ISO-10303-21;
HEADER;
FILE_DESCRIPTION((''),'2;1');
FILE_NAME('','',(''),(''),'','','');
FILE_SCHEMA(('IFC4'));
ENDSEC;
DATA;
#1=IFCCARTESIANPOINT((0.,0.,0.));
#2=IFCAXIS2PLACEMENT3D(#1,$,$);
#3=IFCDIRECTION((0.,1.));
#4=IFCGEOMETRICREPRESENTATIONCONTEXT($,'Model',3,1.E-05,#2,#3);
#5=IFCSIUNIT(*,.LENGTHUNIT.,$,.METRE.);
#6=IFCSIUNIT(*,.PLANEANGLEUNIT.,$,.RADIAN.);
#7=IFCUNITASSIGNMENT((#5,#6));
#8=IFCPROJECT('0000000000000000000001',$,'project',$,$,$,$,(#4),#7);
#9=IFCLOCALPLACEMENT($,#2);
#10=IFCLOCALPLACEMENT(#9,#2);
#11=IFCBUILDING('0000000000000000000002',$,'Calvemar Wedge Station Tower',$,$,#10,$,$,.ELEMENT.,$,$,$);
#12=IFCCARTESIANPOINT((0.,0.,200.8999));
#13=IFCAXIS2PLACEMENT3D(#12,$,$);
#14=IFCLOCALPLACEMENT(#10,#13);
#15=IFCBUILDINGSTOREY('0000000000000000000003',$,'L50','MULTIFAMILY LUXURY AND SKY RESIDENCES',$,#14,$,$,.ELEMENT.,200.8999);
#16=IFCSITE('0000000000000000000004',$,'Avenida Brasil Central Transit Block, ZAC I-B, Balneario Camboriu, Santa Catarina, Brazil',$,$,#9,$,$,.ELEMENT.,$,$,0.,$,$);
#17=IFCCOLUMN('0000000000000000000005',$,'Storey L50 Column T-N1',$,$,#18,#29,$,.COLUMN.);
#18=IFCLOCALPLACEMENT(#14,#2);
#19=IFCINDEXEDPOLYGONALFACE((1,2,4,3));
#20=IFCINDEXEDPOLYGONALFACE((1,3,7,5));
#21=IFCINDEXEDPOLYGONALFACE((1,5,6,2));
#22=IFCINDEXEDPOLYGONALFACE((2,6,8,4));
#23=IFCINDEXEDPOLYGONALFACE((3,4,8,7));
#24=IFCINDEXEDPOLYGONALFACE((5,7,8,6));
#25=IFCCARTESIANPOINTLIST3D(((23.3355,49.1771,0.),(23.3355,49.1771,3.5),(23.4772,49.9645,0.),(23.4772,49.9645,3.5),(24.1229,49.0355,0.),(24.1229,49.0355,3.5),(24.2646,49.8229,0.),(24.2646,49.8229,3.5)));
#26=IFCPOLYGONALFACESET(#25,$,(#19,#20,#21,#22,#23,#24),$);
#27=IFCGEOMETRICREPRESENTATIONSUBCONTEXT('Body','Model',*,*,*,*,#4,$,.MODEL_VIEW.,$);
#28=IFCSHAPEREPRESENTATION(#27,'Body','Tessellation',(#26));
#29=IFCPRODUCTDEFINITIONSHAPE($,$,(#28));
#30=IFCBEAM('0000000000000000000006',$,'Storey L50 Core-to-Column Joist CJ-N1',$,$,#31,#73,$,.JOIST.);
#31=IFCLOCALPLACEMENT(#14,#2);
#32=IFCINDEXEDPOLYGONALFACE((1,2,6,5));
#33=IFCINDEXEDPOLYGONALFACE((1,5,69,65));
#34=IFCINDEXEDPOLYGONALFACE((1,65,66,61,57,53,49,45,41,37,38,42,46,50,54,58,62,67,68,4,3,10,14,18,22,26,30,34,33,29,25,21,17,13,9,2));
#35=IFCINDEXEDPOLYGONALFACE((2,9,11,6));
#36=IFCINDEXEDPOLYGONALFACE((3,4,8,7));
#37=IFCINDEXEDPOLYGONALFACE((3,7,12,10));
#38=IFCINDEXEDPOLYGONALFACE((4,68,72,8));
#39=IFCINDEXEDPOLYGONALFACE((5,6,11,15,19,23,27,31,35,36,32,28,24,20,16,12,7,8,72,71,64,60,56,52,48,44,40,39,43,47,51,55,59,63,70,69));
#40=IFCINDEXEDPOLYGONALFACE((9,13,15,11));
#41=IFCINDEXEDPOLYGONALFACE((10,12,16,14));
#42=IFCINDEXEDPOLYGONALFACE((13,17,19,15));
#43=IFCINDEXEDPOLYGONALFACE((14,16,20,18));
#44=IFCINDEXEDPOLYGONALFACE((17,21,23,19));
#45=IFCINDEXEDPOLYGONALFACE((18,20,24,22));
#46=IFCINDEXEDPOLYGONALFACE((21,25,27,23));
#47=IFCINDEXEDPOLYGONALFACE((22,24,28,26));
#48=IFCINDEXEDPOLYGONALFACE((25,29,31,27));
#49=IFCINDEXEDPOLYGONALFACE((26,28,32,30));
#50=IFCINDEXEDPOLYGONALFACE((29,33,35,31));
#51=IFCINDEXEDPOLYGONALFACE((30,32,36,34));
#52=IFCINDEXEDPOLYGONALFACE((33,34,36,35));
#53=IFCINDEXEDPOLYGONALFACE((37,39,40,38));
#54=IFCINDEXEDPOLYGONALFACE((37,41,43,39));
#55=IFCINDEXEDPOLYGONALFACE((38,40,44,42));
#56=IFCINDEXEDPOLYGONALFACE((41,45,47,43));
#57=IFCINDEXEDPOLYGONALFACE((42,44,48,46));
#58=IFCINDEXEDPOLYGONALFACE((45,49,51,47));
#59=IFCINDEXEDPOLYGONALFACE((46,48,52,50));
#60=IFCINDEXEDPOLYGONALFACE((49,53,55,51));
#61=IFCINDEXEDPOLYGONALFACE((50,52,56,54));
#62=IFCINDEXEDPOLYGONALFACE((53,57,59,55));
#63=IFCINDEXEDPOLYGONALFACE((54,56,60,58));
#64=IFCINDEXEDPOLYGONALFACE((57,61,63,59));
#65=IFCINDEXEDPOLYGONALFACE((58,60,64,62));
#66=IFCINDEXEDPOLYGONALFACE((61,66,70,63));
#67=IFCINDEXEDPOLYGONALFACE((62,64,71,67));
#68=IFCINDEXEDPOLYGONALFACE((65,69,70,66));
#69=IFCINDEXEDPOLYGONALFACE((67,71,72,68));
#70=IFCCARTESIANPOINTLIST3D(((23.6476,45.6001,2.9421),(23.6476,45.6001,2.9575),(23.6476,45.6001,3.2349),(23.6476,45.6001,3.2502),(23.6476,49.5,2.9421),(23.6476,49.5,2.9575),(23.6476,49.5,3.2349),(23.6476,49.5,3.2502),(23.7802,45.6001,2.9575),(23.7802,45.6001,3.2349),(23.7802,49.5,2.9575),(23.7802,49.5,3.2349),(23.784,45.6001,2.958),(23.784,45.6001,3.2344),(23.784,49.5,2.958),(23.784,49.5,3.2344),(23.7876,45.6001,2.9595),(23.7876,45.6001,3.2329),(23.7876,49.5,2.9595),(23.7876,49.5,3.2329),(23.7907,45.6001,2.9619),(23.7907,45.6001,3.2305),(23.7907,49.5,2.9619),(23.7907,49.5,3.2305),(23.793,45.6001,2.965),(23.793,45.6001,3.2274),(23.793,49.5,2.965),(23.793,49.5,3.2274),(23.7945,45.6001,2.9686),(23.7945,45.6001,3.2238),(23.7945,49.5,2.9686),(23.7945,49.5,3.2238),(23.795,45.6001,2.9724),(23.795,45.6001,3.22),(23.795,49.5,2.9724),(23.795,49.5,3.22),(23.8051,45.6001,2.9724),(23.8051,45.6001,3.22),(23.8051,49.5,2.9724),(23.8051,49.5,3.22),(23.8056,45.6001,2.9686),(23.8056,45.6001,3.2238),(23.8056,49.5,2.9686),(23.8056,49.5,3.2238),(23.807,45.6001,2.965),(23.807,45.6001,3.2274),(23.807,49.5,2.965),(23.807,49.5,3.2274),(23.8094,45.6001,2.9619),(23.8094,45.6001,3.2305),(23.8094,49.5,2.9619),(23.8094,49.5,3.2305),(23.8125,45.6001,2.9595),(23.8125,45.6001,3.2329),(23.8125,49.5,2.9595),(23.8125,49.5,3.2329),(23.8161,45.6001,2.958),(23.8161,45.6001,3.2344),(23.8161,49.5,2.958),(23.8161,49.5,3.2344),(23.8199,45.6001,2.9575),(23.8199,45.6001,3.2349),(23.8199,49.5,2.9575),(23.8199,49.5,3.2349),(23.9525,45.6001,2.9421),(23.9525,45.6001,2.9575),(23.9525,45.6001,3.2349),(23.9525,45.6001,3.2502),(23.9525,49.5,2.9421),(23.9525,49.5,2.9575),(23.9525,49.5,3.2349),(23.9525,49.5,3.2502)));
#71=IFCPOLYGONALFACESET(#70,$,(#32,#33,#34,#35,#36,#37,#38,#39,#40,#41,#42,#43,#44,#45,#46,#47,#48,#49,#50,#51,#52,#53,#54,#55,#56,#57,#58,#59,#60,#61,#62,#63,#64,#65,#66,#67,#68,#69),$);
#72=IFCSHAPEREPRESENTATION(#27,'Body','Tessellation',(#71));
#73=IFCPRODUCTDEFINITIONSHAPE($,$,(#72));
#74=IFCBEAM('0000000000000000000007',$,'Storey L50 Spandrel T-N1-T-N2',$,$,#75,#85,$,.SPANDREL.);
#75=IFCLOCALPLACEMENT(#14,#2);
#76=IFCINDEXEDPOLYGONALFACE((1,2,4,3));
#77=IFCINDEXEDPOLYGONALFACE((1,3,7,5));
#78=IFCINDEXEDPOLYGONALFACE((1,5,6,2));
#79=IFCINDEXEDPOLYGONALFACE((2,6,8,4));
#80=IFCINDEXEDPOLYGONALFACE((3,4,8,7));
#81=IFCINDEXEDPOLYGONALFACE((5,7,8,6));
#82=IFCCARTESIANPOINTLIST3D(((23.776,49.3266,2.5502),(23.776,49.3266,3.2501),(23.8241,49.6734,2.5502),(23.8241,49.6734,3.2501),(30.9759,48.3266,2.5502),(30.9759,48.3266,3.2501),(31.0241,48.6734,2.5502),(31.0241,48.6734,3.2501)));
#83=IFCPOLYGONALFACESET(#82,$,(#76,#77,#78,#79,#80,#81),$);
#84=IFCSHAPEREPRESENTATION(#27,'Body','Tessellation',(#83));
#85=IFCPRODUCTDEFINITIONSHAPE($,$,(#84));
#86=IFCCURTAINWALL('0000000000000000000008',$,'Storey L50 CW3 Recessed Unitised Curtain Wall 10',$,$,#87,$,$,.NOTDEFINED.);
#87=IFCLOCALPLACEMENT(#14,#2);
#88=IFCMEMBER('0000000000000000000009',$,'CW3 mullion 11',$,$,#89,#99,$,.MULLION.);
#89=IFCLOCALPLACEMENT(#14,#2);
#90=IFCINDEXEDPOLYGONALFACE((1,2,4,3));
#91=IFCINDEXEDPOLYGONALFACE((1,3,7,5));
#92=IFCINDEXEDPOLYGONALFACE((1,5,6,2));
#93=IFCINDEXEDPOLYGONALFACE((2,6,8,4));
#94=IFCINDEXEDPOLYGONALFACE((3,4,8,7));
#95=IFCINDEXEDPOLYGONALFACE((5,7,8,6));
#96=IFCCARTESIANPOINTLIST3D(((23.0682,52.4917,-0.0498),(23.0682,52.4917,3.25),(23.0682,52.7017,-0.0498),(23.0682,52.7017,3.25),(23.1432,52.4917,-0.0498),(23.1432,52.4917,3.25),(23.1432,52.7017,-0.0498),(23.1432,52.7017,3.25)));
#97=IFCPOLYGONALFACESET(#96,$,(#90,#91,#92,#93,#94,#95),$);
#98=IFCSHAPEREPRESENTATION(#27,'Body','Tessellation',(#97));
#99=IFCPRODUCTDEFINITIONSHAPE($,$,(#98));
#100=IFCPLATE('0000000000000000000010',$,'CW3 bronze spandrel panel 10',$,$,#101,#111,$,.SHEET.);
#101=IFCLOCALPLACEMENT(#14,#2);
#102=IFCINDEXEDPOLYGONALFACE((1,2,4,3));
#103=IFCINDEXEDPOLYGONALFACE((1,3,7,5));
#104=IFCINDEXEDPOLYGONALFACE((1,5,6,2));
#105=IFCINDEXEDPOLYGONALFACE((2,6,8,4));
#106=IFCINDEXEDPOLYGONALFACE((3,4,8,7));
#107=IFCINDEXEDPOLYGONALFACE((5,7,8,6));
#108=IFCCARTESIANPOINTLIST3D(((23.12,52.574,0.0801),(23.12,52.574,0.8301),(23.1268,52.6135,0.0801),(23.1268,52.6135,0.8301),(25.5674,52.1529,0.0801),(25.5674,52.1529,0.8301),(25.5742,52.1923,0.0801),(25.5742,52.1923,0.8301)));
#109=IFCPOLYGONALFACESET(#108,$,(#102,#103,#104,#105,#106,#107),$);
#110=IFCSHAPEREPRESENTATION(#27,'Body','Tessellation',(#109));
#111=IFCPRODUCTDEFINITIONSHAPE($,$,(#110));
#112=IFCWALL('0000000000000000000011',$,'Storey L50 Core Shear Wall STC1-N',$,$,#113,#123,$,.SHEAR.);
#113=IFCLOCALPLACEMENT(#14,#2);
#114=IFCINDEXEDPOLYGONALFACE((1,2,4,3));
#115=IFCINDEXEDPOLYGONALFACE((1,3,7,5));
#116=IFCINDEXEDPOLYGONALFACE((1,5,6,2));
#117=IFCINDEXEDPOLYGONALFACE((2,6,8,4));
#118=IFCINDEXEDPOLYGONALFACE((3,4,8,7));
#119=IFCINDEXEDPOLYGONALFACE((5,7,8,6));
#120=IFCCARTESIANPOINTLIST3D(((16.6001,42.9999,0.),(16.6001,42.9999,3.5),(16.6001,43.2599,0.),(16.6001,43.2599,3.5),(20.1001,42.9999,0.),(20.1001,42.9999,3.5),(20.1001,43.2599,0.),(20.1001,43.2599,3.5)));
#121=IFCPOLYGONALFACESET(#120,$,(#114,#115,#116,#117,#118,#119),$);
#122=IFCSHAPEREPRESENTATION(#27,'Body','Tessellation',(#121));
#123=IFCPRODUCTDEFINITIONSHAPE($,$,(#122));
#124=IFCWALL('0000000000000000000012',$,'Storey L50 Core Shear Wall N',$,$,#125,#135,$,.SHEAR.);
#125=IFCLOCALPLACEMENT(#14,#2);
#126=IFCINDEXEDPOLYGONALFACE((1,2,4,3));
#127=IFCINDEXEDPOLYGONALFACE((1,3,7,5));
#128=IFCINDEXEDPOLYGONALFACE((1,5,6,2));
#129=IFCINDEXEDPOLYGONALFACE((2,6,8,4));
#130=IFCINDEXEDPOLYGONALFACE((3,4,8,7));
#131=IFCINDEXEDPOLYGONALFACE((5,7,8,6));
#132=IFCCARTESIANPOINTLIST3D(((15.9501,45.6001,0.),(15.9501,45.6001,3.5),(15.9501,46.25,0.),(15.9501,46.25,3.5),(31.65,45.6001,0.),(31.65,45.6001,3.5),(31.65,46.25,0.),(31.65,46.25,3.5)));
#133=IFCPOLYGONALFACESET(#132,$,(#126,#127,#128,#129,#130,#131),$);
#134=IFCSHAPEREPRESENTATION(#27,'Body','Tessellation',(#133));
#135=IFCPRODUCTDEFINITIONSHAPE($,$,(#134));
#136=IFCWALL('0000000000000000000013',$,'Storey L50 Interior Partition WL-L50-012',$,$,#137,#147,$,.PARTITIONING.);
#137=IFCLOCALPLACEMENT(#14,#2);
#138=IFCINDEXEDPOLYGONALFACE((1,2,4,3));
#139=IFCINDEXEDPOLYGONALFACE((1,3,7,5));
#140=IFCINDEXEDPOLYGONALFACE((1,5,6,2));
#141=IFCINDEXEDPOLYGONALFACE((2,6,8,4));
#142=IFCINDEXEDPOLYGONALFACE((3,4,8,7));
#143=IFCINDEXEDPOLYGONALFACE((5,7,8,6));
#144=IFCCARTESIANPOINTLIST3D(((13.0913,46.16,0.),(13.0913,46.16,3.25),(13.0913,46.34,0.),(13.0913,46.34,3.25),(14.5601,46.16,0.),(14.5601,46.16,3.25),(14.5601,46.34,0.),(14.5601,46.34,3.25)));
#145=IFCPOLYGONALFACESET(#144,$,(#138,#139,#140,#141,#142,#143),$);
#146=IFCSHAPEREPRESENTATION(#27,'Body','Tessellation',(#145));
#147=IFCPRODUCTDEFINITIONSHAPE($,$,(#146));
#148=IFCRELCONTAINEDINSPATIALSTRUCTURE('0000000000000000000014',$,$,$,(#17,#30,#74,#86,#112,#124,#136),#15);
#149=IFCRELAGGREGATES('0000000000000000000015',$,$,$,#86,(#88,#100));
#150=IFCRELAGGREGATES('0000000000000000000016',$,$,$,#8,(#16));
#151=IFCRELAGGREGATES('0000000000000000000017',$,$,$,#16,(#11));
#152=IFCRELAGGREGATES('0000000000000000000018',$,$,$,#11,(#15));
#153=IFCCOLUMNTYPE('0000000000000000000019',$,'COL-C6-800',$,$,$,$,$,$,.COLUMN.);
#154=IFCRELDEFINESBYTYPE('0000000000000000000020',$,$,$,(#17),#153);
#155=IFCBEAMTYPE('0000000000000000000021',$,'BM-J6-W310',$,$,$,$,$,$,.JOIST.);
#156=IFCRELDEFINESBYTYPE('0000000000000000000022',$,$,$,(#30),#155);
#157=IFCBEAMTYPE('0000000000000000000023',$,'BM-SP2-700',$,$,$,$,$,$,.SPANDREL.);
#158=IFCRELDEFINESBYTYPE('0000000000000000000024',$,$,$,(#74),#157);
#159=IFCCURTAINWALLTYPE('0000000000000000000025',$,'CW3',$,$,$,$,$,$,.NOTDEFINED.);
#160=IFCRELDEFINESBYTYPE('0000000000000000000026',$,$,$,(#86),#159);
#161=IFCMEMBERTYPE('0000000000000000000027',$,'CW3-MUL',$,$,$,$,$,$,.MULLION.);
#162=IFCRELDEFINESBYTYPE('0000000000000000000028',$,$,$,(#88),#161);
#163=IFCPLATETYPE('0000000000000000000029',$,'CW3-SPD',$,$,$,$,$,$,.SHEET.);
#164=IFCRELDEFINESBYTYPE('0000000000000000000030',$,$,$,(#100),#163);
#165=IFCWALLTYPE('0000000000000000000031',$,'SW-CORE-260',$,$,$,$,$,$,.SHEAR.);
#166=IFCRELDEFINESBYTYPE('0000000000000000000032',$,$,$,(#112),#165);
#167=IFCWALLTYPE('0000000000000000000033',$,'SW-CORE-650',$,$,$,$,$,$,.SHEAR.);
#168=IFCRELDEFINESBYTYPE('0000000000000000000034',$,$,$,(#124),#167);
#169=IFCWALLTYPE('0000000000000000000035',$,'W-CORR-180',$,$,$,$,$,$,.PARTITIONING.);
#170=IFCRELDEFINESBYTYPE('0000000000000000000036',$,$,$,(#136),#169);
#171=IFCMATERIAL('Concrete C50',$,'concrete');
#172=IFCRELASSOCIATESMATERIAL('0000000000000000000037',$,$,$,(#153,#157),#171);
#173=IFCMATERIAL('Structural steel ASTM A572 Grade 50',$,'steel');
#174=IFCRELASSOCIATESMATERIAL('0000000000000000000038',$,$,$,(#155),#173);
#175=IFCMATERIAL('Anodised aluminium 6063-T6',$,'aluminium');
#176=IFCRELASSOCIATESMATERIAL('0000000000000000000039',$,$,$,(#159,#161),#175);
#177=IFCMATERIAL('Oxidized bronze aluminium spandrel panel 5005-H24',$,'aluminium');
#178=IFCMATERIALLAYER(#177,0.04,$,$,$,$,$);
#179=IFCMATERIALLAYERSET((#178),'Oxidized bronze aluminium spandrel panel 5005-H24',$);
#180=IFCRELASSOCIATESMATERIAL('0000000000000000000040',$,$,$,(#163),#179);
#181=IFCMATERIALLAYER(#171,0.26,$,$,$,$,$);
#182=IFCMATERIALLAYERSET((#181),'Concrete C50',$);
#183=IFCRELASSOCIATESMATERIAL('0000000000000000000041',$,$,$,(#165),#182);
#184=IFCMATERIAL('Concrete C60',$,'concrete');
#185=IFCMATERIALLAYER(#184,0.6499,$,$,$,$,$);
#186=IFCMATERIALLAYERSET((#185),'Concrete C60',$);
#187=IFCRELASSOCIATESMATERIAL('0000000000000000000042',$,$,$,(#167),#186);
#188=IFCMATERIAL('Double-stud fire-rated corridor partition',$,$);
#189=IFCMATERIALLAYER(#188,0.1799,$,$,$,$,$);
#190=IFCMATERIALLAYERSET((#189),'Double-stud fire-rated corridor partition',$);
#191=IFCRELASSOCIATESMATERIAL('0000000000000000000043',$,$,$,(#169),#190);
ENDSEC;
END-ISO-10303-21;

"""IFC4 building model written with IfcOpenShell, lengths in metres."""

from ifc_helpers import new_model, si_unit, direction, frame, frame_2d, origin, origin_2d, place, context, subcontext, project, spatial, rectangle, i_section, extrude, source, transform, mapped, material, layer, layer_set, material_profile, profile_set, type_object, element, aggregate, save


model = new_model("IFC4")

# Units and contexts
model_context = context("Model", 3, precision=1e-05, world=origin(), true_north=direction((0.0, 1.0)))
body_context = subcontext(model_context, "Body", "Model", "MODEL_VIEW")
ifc_project = project(units=[si_unit("LENGTHUNIT", "METRE"), si_unit("PLANEANGLEUNIT", "RADIAN")], contexts=[model_context])

# Site, building, storey
site_placement = place(None, origin())
site = spatial("IfcSite", under=ifc_project, at=site_placement, Name="Avenida Brasil Central Transit Block, ZAC I-B, Balneario Camboriu, Santa Catarina, Brazil", CompositionType="ELEMENT", RefElevation=0.0)
building_placement = place(site_placement, origin())
building = spatial("IfcBuilding", under=site, at=building_placement, Name="Calvemar Wedge Station Tower", CompositionType="ELEMENT")
storey_placement = place(building_placement, frame((0.0, 0.0, 200.8999)))
storey = spatial("IfcBuildingStorey", under=building, at=storey_placement, Name="L50", Description="MULTIFAMILY LUXURY AND SKY RESIDENCES", CompositionType="ELEMENT", Elevation=200.8999)

# Column
ifc_material_1 = material(Name="Concrete C50", Category="concrete")
ifc_material_profile_1 = material_profile(ifc_material_1, rectangle(XDim=0.8, YDim=0.8, at=origin_2d()), Name="RC800x800")
ifc_profile_set_1 = profile_set([ifc_material_profile_1], Name="Concrete C50")
column_type = type_object("IfcColumnType", Name="COL-C6-800", PredefinedType="COLUMN", material=ifc_profile_set_1)
shared_shape_1 = source(origin(), body_context, "Body", "SweptSolid", [
    extrude(rectangle(XDim=0.8, YDim=0.8, at=origin_2d()), origin(), (0.0, 0.0, 1.0), 3.5),
])
column_placement = place(storey_placement, frame((23.8, 49.5, 0.0), z_axis=(0.0, 0.0, 1.0), x_axis=(0.984196, -0.177085, 0.0)))
element("IfcColumn", 1, at=column_placement, inside=storey, type_object=column_type, Name="Storey L50 Column T-N1", PredefinedType="COLUMN", context=body_context, shape_type="MappedRepresentation", body=[
    mapped(shared_shape_1, transform((0.0, 0.0, 0.0), scale=1.0)),
])

# Beams
ifc_material_2 = material(Name="Structural steel ASTM A572 Grade 50", Category="steel")
ifc_material_profile_2 = material_profile(ifc_material_2, i_section(OverallWidth=0.3049, OverallDepth=0.3081, WebThickness=0.01, FlangeThickness=0.0154, FilletRadius=0.0149, at=origin_2d()), Name="W310x97")
ifc_profile_set_2 = profile_set([ifc_material_profile_2], Name="Structural steel ASTM A572 Grade 50")
beam_type_1 = type_object("IfcBeamType", Name="BM-J6-W310", PredefinedType="JOIST", material=ifc_profile_set_2)
shared_shape_2 = source(origin(), body_context, "Body", "SweptSolid", [
    extrude(i_section(OverallWidth=0.3049, OverallDepth=0.3081, WebThickness=0.01, FlangeThickness=0.0154, FilletRadius=0.0149, at=origin_2d()), origin(), (0.0, 0.0, 1.0), 3.8999),
])
beam_1_placement = place(storey_placement, frame((23.8, 45.6001, 3.0962), z_axis=(0.0, 1.0, 0.0), x_axis=(-1.0, 0.0, 0.0)))
element("IfcBeam", 2, at=beam_1_placement, inside=storey, type_object=beam_type_1, Name="Storey L50 Core-to-Column Joist CJ-N1", PredefinedType="JOIST", context=body_context, shape_type="MappedRepresentation", body=[
    mapped(shared_shape_2, transform((0.0, 0.0, 0.0), scale=1.0)),
])
ifc_material_profile_3 = material_profile(ifc_material_1, rectangle(XDim=0.3501, YDim=0.7, at=origin_2d()), Name="RC350x700")
ifc_profile_set_3 = profile_set([ifc_material_profile_3], Name="Concrete C50")
beam_type_2 = type_object("IfcBeamType", Name="BM-SP2-700", PredefinedType="SPANDREL", material=ifc_profile_set_3)
shared_shape_3 = source(origin(), body_context, "Body", "SweptSolid", [
    extrude(rectangle(XDim=0.3501, YDim=0.7, at=origin_2d()), origin(), (0.0, 0.0, 1.0), 7.269),
])
beam_2_placement = place(storey_placement, frame((23.8, 49.5, 2.9001), z_axis=(0.990492, -0.137569, 0.0), x_axis=(0.137569, 0.990492, 0.0)))
element("IfcBeam", 3, at=beam_2_placement, inside=storey, type_object=beam_type_2, Name="Storey L50 Spandrel T-N1-T-N2", PredefinedType="SPANDREL", context=body_context, shape_type="MappedRepresentation", body=[
    mapped(shared_shape_3, transform((0.0, 0.0, 0.0), scale=1.0)),
])

# Curtain wall, member, plate
ifc_material_3 = material(Name="Anodised aluminium 6063-T6", Category="aluminium")
curtain_wall_type = type_object("IfcCurtainWallType", Name="CW3", PredefinedType="NOTDEFINED", material=ifc_material_3)
curtain_wall_placement = place(storey_placement, origin())
curtain_wall = element("IfcCurtainWall", 4, at=curtain_wall_placement, inside=storey, type_object=curtain_wall_type, Name="Storey L50 CW3 Recessed Unitised Curtain Wall 10", PredefinedType="NOTDEFINED")
ifc_material_profile_4 = material_profile(ifc_material_3, rectangle(XDim=0.075, YDim=0.21, at=origin_2d()), Name="AL-MUL-75x210")
ifc_profile_set_4 = profile_set([ifc_material_profile_4], Name="Anodised aluminium 6063-T6")
member_type = type_object("IfcMemberType", Name="CW3-MUL", PredefinedType="MULLION", material=ifc_profile_set_4)
shared_shape_4 = source(origin(), body_context, "Body", "SweptSolid", [
    extrude(rectangle(XDim=0.075, YDim=0.21, at=origin_2d()), origin(), (0.0, 0.0, 1.0), 3.2998),
])
member_placement = place(storey_placement, frame((23.1057, 52.5967, -0.0498), z_axis=(0.0, 0.0, 1.0), x_axis=(1.0, 0.0, 0.0)))
member = element("IfcMember", 5, at=member_placement, type_object=member_type, Name="CW3 mullion 11", PredefinedType="MULLION", context=body_context, shape_type="MappedRepresentation", body=[
    mapped(shared_shape_4, transform((0.0, 0.0, 0.0), scale=1.0)),
])
ifc_material_4 = material(Name="Oxidized bronze aluminium spandrel panel 5005-H24", Category="aluminium")
ifc_layer_1 = layer(ifc_material_4, 0.04)
ifc_layer_set_1 = layer_set([ifc_layer_1], Name="Oxidized bronze aluminium spandrel panel 5005-H24")
plate_type = type_object("IfcPlateType", Name="CW3-SPD", PredefinedType="SHEET", material=ifc_layer_set_1)
plate_placement = place(storey_placement, frame((25.5708, 52.1726, 0.0801), z_axis=(0.0, 0.0, 1.0), x_axis=(-0.985517, 0.169578, 0.0)))
plate = element("IfcPlate", 6, at=plate_placement, type_object=plate_type, Name="CW3 bronze spandrel panel 10", PredefinedType="SHEET", context=body_context, shape_type="SweptSolid", body=[
    extrude(rectangle(XDim=2.4834, YDim=0.04, at=frame_2d((1.2417, 0.0))), origin(), (0.0, 0.0, 1.0), 0.75),
])
aggregate(curtain_wall, [member, plate])

# Walls
ifc_layer_2 = layer(ifc_material_1, 0.26)
ifc_layer_set_2 = layer_set([ifc_layer_2], Name="Concrete C50")
wall_type_1 = type_object("IfcWallType", Name="SW-CORE-260", PredefinedType="SHEAR", material=ifc_layer_set_2)
wall_1_placement = place(storey_placement, frame((16.6001, 43.1299, 0.0), z_axis=(0.0, 0.0, 1.0), x_axis=(1.0, 0.0, 0.0)))
element("IfcWall", 7, at=wall_1_placement, inside=storey, type_object=wall_type_1, Name="Storey L50 Core Shear Wall STC1-N", PredefinedType="SHEAR", context=body_context, shape_type="SweptSolid", body=[
    extrude(rectangle(XDim=3.5, YDim=0.26, at=frame_2d((1.75, 0.0))), origin(), (0.0, 0.0, 1.0), 3.5),
])
ifc_material_5 = material(Name="Concrete C60", Category="concrete")
ifc_layer_3 = layer(ifc_material_5, 0.6499)
ifc_layer_set_3 = layer_set([ifc_layer_3], Name="Concrete C60")
wall_type_2 = type_object("IfcWallType", Name="SW-CORE-650", PredefinedType="SHEAR", material=ifc_layer_set_3)
wall_2_placement = place(storey_placement, frame((15.95, 45.925, 0.0), z_axis=(0.0, 0.0, 1.0), x_axis=(1.0, 0.0, 0.0)))
element("IfcWall", 8, at=wall_2_placement, inside=storey, type_object=wall_type_2, Name="Storey L50 Core Shear Wall N", PredefinedType="SHEAR", context=body_context, shape_type="SweptSolid", body=[
    extrude(rectangle(XDim=15.7, YDim=0.6499, at=frame_2d((7.8501, 0.0))), origin(), (0.0, 0.0, 1.0), 3.5),
])
ifc_material_6 = material(Name="Double-stud fire-rated corridor partition")
ifc_layer_4 = layer(ifc_material_6, 0.1799)
ifc_layer_set_4 = layer_set([ifc_layer_4], Name="Double-stud fire-rated corridor partition")
wall_type_3 = type_object("IfcWallType", Name="W-CORR-180", PredefinedType="PARTITIONING", material=ifc_layer_set_4)
wall_3_placement = place(storey_placement, frame((14.5601, 46.25, 0.0), z_axis=(0.0, 0.0, 1.0), x_axis=(-1.0, 0.0, 0.0)))
element("IfcWall", 9, at=wall_3_placement, inside=storey, type_object=wall_type_3, Name="Storey L50 Interior Partition WL-L50-012", PredefinedType="PARTITIONING", context=body_context, shape_type="SweptSolid", body=[
    extrude(rectangle(XDim=1.4688, YDim=0.1799, at=frame_2d((0.7344, 0.0))), origin(), (0.0, 0.0, 1.0), 3.25),
])

save(model, "model.ifc")
